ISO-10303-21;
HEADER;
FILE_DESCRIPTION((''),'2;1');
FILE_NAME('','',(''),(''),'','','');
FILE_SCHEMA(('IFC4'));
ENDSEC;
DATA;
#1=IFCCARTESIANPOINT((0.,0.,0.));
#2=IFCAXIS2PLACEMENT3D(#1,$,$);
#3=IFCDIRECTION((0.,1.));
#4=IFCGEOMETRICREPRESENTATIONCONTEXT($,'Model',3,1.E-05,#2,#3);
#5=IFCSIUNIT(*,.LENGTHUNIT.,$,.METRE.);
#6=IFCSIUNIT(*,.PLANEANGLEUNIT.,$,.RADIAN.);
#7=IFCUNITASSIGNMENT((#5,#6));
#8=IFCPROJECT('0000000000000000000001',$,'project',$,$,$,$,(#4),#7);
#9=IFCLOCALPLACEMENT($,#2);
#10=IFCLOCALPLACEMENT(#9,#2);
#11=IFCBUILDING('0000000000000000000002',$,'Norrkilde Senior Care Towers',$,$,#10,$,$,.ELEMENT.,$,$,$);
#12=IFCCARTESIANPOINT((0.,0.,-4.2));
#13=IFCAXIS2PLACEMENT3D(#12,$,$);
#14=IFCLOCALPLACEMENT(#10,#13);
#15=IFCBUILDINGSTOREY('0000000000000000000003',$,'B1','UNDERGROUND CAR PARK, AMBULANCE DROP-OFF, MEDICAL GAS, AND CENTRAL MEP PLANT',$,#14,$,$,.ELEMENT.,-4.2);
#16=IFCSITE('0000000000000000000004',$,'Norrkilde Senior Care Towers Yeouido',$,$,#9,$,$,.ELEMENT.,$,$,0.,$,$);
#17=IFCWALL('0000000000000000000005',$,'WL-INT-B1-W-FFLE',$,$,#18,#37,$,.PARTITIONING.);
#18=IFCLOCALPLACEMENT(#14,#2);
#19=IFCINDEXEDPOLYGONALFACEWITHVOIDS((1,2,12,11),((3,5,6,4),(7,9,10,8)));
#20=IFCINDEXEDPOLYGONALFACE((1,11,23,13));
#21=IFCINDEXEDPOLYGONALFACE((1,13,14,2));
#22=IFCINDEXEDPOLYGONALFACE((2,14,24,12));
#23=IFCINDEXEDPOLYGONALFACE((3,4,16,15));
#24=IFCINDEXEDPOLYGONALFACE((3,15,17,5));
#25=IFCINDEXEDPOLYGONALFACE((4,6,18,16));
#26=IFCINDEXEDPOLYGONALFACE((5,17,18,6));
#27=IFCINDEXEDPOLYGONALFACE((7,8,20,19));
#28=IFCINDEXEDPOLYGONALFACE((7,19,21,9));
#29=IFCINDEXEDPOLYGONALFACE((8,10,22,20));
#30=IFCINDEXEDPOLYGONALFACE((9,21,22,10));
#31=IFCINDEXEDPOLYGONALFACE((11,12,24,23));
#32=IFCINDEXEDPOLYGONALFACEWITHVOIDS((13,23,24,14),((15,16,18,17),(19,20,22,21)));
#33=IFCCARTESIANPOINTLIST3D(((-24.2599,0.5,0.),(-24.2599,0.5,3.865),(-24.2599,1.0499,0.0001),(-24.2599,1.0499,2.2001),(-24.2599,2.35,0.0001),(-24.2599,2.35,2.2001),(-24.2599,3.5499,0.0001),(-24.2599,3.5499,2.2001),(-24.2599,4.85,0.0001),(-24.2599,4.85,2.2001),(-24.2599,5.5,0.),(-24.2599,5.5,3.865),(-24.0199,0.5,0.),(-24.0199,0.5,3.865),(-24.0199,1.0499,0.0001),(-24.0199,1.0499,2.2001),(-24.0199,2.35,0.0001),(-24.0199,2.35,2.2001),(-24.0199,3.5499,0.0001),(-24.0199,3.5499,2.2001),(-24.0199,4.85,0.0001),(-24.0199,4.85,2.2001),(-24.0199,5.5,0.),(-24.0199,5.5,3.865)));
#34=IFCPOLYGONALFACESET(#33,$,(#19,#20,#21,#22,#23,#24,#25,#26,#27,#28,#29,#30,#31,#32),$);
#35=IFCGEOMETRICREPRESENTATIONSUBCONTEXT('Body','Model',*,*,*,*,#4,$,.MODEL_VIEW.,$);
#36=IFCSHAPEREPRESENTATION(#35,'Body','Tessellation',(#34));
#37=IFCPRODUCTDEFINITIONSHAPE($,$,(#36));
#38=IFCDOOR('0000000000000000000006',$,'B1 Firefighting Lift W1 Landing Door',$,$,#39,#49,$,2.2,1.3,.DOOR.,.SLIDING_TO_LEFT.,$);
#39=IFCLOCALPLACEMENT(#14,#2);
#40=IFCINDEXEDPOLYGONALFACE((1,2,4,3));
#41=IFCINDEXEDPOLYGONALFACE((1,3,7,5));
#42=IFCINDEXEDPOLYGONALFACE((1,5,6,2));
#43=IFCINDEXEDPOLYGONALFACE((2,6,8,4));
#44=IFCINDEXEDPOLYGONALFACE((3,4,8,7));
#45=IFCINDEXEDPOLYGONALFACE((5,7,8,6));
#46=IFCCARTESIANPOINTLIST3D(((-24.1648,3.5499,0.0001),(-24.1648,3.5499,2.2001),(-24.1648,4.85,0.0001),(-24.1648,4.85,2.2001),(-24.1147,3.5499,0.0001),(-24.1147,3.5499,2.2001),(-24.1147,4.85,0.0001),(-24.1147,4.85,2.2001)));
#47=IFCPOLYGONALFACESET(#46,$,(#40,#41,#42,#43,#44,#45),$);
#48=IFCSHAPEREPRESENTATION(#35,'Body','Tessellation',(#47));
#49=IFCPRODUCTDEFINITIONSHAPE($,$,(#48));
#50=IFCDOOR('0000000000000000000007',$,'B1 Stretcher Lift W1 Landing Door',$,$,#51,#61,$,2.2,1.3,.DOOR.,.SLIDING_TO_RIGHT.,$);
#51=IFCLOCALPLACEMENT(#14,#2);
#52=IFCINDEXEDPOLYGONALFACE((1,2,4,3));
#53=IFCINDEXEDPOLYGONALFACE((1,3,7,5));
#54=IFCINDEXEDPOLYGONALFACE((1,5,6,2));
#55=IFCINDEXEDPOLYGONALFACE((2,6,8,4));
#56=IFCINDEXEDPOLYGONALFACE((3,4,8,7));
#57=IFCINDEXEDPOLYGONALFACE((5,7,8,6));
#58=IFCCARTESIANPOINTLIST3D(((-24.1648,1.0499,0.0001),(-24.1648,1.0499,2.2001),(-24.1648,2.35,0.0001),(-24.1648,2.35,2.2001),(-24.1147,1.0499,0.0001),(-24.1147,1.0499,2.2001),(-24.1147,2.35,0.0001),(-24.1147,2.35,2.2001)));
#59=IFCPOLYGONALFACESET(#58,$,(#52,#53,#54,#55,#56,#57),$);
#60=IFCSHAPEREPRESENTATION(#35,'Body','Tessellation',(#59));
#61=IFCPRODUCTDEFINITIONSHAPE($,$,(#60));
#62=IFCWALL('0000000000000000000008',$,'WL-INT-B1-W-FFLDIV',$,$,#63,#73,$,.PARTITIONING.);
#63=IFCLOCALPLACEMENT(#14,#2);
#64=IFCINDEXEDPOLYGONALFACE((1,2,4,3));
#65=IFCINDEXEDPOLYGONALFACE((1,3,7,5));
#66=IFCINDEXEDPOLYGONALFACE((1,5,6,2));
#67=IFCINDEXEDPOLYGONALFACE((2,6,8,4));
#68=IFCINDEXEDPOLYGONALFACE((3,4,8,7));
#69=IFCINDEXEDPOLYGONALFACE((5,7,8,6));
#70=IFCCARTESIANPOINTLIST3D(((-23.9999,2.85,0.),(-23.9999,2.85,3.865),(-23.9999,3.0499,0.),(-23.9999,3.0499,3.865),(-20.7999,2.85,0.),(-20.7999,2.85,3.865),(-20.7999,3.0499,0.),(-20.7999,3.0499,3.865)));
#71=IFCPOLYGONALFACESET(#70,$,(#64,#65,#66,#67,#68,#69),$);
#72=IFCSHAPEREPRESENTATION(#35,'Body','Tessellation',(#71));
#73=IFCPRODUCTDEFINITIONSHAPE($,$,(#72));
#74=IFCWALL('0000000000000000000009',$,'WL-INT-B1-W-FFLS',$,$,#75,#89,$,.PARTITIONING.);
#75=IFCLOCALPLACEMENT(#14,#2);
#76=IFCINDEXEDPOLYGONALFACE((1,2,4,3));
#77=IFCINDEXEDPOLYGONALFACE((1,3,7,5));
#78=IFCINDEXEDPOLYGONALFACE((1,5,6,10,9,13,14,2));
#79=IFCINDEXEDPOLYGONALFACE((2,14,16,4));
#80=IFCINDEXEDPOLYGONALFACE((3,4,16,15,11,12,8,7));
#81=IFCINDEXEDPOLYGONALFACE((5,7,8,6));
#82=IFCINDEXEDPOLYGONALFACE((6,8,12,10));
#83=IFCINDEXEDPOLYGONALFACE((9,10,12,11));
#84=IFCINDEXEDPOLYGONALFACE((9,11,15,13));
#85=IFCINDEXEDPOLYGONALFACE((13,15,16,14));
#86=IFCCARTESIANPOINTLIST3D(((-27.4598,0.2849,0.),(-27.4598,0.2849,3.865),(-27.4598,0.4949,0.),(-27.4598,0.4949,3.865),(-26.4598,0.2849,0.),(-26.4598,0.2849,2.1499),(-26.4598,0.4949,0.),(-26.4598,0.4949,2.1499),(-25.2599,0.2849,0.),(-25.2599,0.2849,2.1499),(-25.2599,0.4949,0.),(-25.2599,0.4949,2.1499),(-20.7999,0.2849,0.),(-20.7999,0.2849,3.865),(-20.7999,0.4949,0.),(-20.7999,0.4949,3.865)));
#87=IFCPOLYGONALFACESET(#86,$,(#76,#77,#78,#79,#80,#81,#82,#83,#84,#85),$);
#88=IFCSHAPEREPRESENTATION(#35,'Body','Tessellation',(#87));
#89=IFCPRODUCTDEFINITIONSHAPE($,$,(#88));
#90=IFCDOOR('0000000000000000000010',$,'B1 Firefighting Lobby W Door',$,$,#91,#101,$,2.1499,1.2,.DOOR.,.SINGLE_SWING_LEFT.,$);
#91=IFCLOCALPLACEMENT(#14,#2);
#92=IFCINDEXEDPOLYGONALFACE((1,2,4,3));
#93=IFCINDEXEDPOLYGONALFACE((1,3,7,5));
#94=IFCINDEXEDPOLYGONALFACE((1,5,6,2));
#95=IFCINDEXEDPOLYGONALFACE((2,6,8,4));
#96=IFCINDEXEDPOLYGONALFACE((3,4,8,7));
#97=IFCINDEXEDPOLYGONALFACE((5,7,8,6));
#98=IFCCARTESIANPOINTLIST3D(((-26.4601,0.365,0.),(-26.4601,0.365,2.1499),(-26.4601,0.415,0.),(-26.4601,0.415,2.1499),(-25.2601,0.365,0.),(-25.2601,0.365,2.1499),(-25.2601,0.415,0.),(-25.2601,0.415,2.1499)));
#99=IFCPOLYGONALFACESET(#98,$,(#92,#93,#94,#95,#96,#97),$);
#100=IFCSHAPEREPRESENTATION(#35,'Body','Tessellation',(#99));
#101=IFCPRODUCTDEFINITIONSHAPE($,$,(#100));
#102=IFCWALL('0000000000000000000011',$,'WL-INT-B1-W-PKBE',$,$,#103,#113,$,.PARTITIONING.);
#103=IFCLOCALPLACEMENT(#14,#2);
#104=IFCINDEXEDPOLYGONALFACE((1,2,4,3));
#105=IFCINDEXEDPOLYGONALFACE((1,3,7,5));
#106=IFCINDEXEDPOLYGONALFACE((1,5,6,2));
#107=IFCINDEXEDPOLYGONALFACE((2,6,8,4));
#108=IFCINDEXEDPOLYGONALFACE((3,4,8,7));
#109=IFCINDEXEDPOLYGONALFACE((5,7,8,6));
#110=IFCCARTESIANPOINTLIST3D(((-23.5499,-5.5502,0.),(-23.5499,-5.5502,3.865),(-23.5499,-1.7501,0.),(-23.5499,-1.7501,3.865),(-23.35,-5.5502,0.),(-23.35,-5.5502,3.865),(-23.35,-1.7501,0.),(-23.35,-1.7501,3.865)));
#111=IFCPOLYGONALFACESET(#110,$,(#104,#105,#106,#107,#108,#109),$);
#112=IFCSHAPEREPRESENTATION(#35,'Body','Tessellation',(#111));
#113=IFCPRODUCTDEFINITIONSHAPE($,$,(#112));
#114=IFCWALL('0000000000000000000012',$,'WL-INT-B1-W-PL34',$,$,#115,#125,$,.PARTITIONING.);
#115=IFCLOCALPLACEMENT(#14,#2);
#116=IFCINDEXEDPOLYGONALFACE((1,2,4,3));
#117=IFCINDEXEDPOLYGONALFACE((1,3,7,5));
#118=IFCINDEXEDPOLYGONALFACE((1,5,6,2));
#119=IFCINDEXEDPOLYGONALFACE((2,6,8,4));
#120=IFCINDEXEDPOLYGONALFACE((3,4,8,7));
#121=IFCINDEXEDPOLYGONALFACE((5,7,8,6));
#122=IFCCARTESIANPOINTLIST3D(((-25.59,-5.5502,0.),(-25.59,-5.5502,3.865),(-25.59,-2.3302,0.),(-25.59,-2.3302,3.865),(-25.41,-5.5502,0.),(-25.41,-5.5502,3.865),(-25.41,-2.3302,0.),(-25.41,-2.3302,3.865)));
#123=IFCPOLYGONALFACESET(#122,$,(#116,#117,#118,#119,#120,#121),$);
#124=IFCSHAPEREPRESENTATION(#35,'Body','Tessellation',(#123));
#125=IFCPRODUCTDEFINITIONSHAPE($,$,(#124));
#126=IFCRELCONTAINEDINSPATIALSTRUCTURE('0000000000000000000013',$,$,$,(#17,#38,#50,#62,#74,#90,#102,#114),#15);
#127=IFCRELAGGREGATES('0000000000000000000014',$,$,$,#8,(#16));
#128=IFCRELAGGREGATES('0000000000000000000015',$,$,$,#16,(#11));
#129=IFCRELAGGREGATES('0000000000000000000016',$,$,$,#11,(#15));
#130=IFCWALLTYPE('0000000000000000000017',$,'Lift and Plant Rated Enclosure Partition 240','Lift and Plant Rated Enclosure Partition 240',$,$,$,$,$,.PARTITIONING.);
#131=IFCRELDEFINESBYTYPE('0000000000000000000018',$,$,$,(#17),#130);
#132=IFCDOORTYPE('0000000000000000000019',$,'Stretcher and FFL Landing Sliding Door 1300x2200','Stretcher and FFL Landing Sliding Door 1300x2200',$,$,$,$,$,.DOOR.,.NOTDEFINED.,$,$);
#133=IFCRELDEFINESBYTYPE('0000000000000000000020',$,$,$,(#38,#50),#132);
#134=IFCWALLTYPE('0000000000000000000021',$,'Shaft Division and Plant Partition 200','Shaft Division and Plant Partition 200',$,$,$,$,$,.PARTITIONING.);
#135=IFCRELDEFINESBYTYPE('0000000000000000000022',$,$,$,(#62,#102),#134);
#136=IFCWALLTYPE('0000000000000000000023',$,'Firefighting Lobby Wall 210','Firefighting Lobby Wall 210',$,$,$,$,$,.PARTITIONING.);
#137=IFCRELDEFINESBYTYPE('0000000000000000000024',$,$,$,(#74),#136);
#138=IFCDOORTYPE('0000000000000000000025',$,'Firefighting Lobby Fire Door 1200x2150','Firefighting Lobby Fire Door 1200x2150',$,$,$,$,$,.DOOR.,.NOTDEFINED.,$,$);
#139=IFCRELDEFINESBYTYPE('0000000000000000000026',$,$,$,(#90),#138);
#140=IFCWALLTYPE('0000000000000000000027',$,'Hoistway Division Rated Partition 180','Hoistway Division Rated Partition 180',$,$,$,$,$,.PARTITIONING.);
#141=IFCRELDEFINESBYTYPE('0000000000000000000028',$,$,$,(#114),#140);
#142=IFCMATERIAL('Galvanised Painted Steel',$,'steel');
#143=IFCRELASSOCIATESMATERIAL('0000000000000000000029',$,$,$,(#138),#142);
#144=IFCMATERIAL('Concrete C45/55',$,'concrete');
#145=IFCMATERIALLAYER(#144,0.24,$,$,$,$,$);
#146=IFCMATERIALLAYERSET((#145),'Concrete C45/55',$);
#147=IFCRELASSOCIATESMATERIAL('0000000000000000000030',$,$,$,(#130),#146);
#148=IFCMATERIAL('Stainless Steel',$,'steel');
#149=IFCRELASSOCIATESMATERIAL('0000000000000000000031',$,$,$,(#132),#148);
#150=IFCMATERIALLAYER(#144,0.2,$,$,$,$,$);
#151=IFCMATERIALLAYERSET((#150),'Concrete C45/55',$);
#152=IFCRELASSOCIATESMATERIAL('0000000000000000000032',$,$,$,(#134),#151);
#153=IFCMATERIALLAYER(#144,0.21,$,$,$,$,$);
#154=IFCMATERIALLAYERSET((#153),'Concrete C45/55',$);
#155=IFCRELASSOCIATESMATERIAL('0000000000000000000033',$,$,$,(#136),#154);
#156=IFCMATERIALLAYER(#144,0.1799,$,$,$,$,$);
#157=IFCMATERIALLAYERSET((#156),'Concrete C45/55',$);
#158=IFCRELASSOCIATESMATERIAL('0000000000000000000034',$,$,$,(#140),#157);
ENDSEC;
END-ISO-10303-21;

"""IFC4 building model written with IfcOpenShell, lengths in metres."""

from ifc_helpers import new_model, si_unit, direction, frame, frame_2d, origin, place, context, subcontext, project, spatial, rectangle, extrude, source, transform, mapped, material, layer, layer_set, type_object, type_shapes, element, fill, save


model = new_model("IFC4")

# Units and contexts
model_context = context("Model", 3, precision=1e-05, world=origin(), true_north=direction((0.0, 1.0)))
body_context = subcontext(model_context, "Body", "Model", "MODEL_VIEW")
ifc_project = project(units=[si_unit("LENGTHUNIT", "METRE"), si_unit("PLANEANGLEUNIT", "RADIAN")], contexts=[model_context])

# Site, building, storey
site_placement = place(None, origin())
site = spatial("IfcSite", under=ifc_project, at=site_placement, Name="Norrkilde Senior Care Towers Yeouido", CompositionType="ELEMENT", RefElevation=0.0)
building_placement = place(site_placement, origin())
building = spatial("IfcBuilding", under=site, at=building_placement, Name="Norrkilde Senior Care Towers", CompositionType="ELEMENT")
storey_placement = place(building_placement, frame((0.0, 0.0, -4.2)))
storey = spatial("IfcBuildingStorey", under=building, at=storey_placement, Name="B1", Description="UNDERGROUND CAR PARK, AMBULANCE DROP-OFF, MEDICAL GAS, AND CENTRAL MEP PLANT", CompositionType="ELEMENT", Elevation=-4.2)

# Shared definitions
ifc_material_1 = material(Name="Concrete C45/55", Category="concrete")

# Shared definitions
ifc_material_2 = material(Name="Galvanised Painted Steel", Category="steel")
door_type_1 = type_object("IfcDoorType", Name="Firefighting Lobby Fire Door 1200x2150", Description="Firefighting Lobby Fire Door 1200x2150", OperationType="NOTDEFINED", PredefinedType="DOOR", material=ifc_material_2)
shared_shape_1 = source(origin(), body_context, "Body", "SweptSolid", [
    extrude(rectangle(XDim=1.2, YDim=2.1499, at=frame_2d((0.6001, 1.075))), frame((0.0, 0.0249, 0.0), z_axis=(0.0, -1.0, 0.0), x_axis=(1.0, 0.0, 0.0)), (0.0, 0.0, 1.0), 0.05),
])
type_shapes(door_type_1, [shared_shape_1])

# Wall, openings, doors
ifc_layer_1 = layer(ifc_material_1, 0.24)
ifc_layer_set_1 = layer_set([ifc_layer_1], Name="Concrete C45/55")
wall_type_1 = type_object("IfcWallType", Name="Lift and Plant Rated Enclosure Partition 240", Description="Lift and Plant Rated Enclosure Partition 240", PredefinedType="PARTITIONING", material=ifc_layer_set_1)
shared_shape_2 = source(origin(), body_context, "Body", "SweptSolid", [
    extrude(rectangle(XDim=5.0, YDim=0.24, at=frame_2d((2.5, 0.0))), origin(), (0.0, 0.0, 1.0), 3.865),
])
wall_1_placement = place(storey_placement, frame((-24.1399, 0.5, 0.0), z_axis=(0.0, 0.0, 1.0), x_axis=(0.0, 1.0, 0.0)))
wall_1 = element("IfcWall", 1, at=wall_1_placement, inside=storey, type_object=wall_type_1, Name="WL-INT-B1-W-FFLE", PredefinedType="PARTITIONING", context=body_context, shape_type="MappedRepresentation", body=[
    mapped(shared_shape_2, transform((0.0, 0.0, 0.0), x_axis=(1.0, 0.0, 0.0), y_axis=(0.0, 1.0, 0.0), z_axis=(0.0, 0.0, 1.0), scale=1.0)),
])
opening_1_placement = place(wall_1_placement, frame((3.05, 0.0, 0.0)))
opening_1 = element("IfcOpeningElement", 2, at=opening_1_placement, cuts=wall_1, PredefinedType="OPENING", context=body_context, shape_type="SweptSolid", body=[
    extrude(rectangle(XDim=1.3, YDim=2.2, at=frame_2d((0.6499, 1.1001))), frame((0.0, 0.1299, 0.0), z_axis=(0.0, -1.0, 0.0), x_axis=(1.0, 0.0, 0.0)), (0.0, 0.0, 1.0), 0.26),
])
opening_2_placement = place(wall_1_placement, frame((0.55, 0.0, 0.0)))
opening_2 = element("IfcOpeningElement", 3, at=opening_2_placement, cuts=wall_1, PredefinedType="OPENING", context=body_context, shape_type="SweptSolid", body=[
    extrude(rectangle(XDim=1.3, YDim=2.2, at=frame_2d((0.6499, 1.1001))), frame((0.0, 0.1299, 0.0), z_axis=(0.0, -1.0, 0.0), x_axis=(1.0, 0.0, 0.0)), (0.0, 0.0, 1.0), 0.26),
])
ifc_material_3 = material(Name="Stainless Steel", Category="steel")
door_type_2 = type_object("IfcDoorType", Name="Stretcher and FFL Landing Sliding Door 1300x2200", Description="Stretcher and FFL Landing Sliding Door 1300x2200", OperationType="NOTDEFINED", PredefinedType="DOOR", material=ifc_material_3)
shared_shape_3 = source(origin(), body_context, "Body", "SweptSolid", [
    extrude(rectangle(XDim=1.3, YDim=2.2, at=frame_2d((0.6499, 1.1001))), frame((0.0, 0.0249, 0.0), z_axis=(0.0, -1.0, 0.0), x_axis=(1.0, 0.0, 0.0)), (0.0, 0.0, 1.0), 0.05),
])
type_shapes(door_type_2, [shared_shape_3])
door_1_placement = place(opening_1_placement, origin())
door_1 = element("IfcDoor", 4, at=door_1_placement, inside=storey, type_object=door_type_2, Name="B1 Firefighting Lift W1 Landing Door", OperationType="SLIDING_TO_LEFT", OverallHeight=2.2, OverallWidth=1.3, PredefinedType="DOOR", context=body_context, shape_type="MappedRepresentation", body=[
    mapped(shared_shape_3, transform((0.0, 0.0, 0.0), x_axis=(1.0, 0.0, 0.0), y_axis=(0.0, 1.0, 0.0), z_axis=(0.0, 0.0, 1.0), scale=1.0)),
])
fill(opening_1, door_1)
door_2_placement = place(opening_2_placement, origin())
door_2 = element("IfcDoor", 5, at=door_2_placement, inside=storey, type_object=door_type_2, Name="B1 Stretcher Lift W1 Landing Door", OperationType="SLIDING_TO_RIGHT", OverallHeight=2.2, OverallWidth=1.3, PredefinedType="DOOR", context=body_context, shape_type="MappedRepresentation", body=[
    mapped(shared_shape_3, transform((0.0, 0.0, 0.0), x_axis=(1.0, 0.0, 0.0), y_axis=(0.0, 1.0, 0.0), z_axis=(0.0, 0.0, 1.0), scale=1.0)),
])
fill(opening_2, door_2)

# Wall
ifc_layer_2 = layer(ifc_material_1, 0.2)
ifc_layer_set_2 = layer_set([ifc_layer_2], Name="Concrete C45/55")
wall_type_2 = type_object("IfcWallType", Name="Shaft Division and Plant Partition 200", Description="Shaft Division and Plant Partition 200", PredefinedType="PARTITIONING", material=ifc_layer_set_2)
shared_shape_4 = source(origin(), body_context, "Body", "SweptSolid", [
    extrude(rectangle(XDim=3.2, YDim=0.2, at=frame_2d((1.6001, 0.0))), origin(), (0.0, 0.0, 1.0), 3.865),
])
wall_2_placement = place(storey_placement, frame((-24.0, 2.95, 0.0), z_axis=(0.0, 0.0, 1.0), x_axis=(1.0, 0.0, 0.0)))
element("IfcWall", 6, at=wall_2_placement, inside=storey, type_object=wall_type_2, Name="WL-INT-B1-W-FFLDIV", PredefinedType="PARTITIONING", context=body_context, shape_type="MappedRepresentation", body=[
    mapped(shared_shape_4, transform((0.0, 0.0, 0.0), x_axis=(1.0, 0.0, 0.0), y_axis=(0.0, 1.0, 0.0), z_axis=(0.0, 0.0, 1.0), scale=1.0)),
])

# Wall, opening, door
ifc_layer_3 = layer(ifc_material_1, 0.21)
ifc_layer_set_3 = layer_set([ifc_layer_3], Name="Concrete C45/55")
wall_type_3 = type_object("IfcWallType", Name="Firefighting Lobby Wall 210", Description="Firefighting Lobby Wall 210", PredefinedType="PARTITIONING", material=ifc_layer_set_3)
shared_shape_5 = source(origin(), body_context, "Body", "SweptSolid", [
    extrude(rectangle(XDim=6.6599, YDim=0.21, at=frame_2d((3.3301, 0.0))), origin(), (0.0, 0.0, 1.0), 3.865),
])
type_shapes(wall_type_3, [shared_shape_5])
wall_3_placement = place(storey_placement, frame((-27.46, 0.3899, 0.0), z_axis=(0.0, 0.0, 1.0), x_axis=(1.0, 0.0, 0.0)))
wall_3 = element("IfcWall", 7, at=wall_3_placement, inside=storey, type_object=wall_type_3, Name="WL-INT-B1-W-FFLS", PredefinedType="PARTITIONING", context=body_context, shape_type="MappedRepresentation", body=[
    mapped(shared_shape_5, transform((0.0, 0.0, 0.0), x_axis=(1.0, 0.0, 0.0), y_axis=(0.0, 1.0, 0.0), z_axis=(0.0, 0.0, 1.0), scale=1.0)),
])
opening_3_placement = place(wall_3_placement, frame((1.0, 0.0, 0.0)))
opening_3 = element("IfcOpeningElement", 8, at=opening_3_placement, cuts=wall_3, PredefinedType="OPENING", context=body_context, shape_type="SweptSolid", body=[
    extrude(rectangle(XDim=1.2, YDim=2.1499, at=frame_2d((0.6001, 1.075))), frame((0.0, 0.115, 0.0), z_axis=(0.0, -1.0, 0.0), x_axis=(1.0, 0.0, 0.0)), (0.0, 0.0, 1.0), 0.23),
])
door_3_placement = place(opening_3_placement, frame((1.2, 0.0, 0.0), z_axis=(0.0, 0.0, 1.0), x_axis=(-1.0, 0.0, 0.0)))
door_3 = element("IfcDoor", 9, at=door_3_placement, inside=storey, type_object=door_type_1, Name="B1 Firefighting Lobby W Door", OperationType="SINGLE_SWING_LEFT", OverallHeight=2.1499, OverallWidth=1.2, PredefinedType="DOOR", context=body_context, shape_type="MappedRepresentation", body=[
    mapped(shared_shape_1, transform((0.0, 0.0, 0.0), x_axis=(1.0, 0.0, 0.0), y_axis=(0.0, 1.0, 0.0), z_axis=(0.0, 0.0, 1.0), scale=1.0)),
])
fill(opening_3, door_3)

# Walls
shared_shape_6 = source(origin(), body_context, "Body", "SweptSolid", [
    extrude(rectangle(XDim=3.8, YDim=0.2, at=frame_2d((1.8999, 0.0))), origin(), (0.0, 0.0, 1.0), 3.865),
])
wall_4_placement = place(storey_placement, frame((-23.45, -5.55, 0.0), z_axis=(0.0, 0.0, 1.0), x_axis=(0.0, 1.0, 0.0)))
element("IfcWall", 10, at=wall_4_placement, inside=storey, type_object=wall_type_2, Name="WL-INT-B1-W-PKBE", PredefinedType="PARTITIONING", context=body_context, shape_type="MappedRepresentation", body=[
    mapped(shared_shape_6, transform((0.0, 0.0, 0.0), x_axis=(1.0, 0.0, 0.0), y_axis=(0.0, 1.0, 0.0), z_axis=(0.0, 0.0, 1.0), scale=1.0)),
])
ifc_layer_4 = layer(ifc_material_1, 0.1799)
ifc_layer_set_4 = layer_set([ifc_layer_4], Name="Concrete C45/55")
wall_type_4 = type_object("IfcWallType", Name="Hoistway Division Rated Partition 180", Description="Hoistway Division Rated Partition 180", PredefinedType="PARTITIONING", material=ifc_layer_set_4)
shared_shape_7 = source(origin(), body_context, "Body", "SweptSolid", [
    extrude(rectangle(XDim=3.22, YDim=0.1799, at=frame_2d((1.6099, 0.0))), origin(), (0.0, 0.0, 1.0), 3.865),
])
type_shapes(wall_type_4, [shared_shape_7])
wall_5_placement = place(storey_placement, frame((-25.5, -5.55, 0.0), z_axis=(0.0, 0.0, 1.0), x_axis=(0.0, 1.0, 0.0)))
element("IfcWall", 11, at=wall_5_placement, inside=storey, type_object=wall_type_4, Name="WL-INT-B1-W-PL34", PredefinedType="PARTITIONING", context=body_context, shape_type="MappedRepresentation", body=[
    mapped(shared_shape_7, transform((0.0, 0.0, 0.0), x_axis=(1.0, 0.0, 0.0), y_axis=(0.0, 1.0, 0.0), z_axis=(0.0, 0.0, 1.0), scale=1.0)),
])

save(model, "model.ifc")
